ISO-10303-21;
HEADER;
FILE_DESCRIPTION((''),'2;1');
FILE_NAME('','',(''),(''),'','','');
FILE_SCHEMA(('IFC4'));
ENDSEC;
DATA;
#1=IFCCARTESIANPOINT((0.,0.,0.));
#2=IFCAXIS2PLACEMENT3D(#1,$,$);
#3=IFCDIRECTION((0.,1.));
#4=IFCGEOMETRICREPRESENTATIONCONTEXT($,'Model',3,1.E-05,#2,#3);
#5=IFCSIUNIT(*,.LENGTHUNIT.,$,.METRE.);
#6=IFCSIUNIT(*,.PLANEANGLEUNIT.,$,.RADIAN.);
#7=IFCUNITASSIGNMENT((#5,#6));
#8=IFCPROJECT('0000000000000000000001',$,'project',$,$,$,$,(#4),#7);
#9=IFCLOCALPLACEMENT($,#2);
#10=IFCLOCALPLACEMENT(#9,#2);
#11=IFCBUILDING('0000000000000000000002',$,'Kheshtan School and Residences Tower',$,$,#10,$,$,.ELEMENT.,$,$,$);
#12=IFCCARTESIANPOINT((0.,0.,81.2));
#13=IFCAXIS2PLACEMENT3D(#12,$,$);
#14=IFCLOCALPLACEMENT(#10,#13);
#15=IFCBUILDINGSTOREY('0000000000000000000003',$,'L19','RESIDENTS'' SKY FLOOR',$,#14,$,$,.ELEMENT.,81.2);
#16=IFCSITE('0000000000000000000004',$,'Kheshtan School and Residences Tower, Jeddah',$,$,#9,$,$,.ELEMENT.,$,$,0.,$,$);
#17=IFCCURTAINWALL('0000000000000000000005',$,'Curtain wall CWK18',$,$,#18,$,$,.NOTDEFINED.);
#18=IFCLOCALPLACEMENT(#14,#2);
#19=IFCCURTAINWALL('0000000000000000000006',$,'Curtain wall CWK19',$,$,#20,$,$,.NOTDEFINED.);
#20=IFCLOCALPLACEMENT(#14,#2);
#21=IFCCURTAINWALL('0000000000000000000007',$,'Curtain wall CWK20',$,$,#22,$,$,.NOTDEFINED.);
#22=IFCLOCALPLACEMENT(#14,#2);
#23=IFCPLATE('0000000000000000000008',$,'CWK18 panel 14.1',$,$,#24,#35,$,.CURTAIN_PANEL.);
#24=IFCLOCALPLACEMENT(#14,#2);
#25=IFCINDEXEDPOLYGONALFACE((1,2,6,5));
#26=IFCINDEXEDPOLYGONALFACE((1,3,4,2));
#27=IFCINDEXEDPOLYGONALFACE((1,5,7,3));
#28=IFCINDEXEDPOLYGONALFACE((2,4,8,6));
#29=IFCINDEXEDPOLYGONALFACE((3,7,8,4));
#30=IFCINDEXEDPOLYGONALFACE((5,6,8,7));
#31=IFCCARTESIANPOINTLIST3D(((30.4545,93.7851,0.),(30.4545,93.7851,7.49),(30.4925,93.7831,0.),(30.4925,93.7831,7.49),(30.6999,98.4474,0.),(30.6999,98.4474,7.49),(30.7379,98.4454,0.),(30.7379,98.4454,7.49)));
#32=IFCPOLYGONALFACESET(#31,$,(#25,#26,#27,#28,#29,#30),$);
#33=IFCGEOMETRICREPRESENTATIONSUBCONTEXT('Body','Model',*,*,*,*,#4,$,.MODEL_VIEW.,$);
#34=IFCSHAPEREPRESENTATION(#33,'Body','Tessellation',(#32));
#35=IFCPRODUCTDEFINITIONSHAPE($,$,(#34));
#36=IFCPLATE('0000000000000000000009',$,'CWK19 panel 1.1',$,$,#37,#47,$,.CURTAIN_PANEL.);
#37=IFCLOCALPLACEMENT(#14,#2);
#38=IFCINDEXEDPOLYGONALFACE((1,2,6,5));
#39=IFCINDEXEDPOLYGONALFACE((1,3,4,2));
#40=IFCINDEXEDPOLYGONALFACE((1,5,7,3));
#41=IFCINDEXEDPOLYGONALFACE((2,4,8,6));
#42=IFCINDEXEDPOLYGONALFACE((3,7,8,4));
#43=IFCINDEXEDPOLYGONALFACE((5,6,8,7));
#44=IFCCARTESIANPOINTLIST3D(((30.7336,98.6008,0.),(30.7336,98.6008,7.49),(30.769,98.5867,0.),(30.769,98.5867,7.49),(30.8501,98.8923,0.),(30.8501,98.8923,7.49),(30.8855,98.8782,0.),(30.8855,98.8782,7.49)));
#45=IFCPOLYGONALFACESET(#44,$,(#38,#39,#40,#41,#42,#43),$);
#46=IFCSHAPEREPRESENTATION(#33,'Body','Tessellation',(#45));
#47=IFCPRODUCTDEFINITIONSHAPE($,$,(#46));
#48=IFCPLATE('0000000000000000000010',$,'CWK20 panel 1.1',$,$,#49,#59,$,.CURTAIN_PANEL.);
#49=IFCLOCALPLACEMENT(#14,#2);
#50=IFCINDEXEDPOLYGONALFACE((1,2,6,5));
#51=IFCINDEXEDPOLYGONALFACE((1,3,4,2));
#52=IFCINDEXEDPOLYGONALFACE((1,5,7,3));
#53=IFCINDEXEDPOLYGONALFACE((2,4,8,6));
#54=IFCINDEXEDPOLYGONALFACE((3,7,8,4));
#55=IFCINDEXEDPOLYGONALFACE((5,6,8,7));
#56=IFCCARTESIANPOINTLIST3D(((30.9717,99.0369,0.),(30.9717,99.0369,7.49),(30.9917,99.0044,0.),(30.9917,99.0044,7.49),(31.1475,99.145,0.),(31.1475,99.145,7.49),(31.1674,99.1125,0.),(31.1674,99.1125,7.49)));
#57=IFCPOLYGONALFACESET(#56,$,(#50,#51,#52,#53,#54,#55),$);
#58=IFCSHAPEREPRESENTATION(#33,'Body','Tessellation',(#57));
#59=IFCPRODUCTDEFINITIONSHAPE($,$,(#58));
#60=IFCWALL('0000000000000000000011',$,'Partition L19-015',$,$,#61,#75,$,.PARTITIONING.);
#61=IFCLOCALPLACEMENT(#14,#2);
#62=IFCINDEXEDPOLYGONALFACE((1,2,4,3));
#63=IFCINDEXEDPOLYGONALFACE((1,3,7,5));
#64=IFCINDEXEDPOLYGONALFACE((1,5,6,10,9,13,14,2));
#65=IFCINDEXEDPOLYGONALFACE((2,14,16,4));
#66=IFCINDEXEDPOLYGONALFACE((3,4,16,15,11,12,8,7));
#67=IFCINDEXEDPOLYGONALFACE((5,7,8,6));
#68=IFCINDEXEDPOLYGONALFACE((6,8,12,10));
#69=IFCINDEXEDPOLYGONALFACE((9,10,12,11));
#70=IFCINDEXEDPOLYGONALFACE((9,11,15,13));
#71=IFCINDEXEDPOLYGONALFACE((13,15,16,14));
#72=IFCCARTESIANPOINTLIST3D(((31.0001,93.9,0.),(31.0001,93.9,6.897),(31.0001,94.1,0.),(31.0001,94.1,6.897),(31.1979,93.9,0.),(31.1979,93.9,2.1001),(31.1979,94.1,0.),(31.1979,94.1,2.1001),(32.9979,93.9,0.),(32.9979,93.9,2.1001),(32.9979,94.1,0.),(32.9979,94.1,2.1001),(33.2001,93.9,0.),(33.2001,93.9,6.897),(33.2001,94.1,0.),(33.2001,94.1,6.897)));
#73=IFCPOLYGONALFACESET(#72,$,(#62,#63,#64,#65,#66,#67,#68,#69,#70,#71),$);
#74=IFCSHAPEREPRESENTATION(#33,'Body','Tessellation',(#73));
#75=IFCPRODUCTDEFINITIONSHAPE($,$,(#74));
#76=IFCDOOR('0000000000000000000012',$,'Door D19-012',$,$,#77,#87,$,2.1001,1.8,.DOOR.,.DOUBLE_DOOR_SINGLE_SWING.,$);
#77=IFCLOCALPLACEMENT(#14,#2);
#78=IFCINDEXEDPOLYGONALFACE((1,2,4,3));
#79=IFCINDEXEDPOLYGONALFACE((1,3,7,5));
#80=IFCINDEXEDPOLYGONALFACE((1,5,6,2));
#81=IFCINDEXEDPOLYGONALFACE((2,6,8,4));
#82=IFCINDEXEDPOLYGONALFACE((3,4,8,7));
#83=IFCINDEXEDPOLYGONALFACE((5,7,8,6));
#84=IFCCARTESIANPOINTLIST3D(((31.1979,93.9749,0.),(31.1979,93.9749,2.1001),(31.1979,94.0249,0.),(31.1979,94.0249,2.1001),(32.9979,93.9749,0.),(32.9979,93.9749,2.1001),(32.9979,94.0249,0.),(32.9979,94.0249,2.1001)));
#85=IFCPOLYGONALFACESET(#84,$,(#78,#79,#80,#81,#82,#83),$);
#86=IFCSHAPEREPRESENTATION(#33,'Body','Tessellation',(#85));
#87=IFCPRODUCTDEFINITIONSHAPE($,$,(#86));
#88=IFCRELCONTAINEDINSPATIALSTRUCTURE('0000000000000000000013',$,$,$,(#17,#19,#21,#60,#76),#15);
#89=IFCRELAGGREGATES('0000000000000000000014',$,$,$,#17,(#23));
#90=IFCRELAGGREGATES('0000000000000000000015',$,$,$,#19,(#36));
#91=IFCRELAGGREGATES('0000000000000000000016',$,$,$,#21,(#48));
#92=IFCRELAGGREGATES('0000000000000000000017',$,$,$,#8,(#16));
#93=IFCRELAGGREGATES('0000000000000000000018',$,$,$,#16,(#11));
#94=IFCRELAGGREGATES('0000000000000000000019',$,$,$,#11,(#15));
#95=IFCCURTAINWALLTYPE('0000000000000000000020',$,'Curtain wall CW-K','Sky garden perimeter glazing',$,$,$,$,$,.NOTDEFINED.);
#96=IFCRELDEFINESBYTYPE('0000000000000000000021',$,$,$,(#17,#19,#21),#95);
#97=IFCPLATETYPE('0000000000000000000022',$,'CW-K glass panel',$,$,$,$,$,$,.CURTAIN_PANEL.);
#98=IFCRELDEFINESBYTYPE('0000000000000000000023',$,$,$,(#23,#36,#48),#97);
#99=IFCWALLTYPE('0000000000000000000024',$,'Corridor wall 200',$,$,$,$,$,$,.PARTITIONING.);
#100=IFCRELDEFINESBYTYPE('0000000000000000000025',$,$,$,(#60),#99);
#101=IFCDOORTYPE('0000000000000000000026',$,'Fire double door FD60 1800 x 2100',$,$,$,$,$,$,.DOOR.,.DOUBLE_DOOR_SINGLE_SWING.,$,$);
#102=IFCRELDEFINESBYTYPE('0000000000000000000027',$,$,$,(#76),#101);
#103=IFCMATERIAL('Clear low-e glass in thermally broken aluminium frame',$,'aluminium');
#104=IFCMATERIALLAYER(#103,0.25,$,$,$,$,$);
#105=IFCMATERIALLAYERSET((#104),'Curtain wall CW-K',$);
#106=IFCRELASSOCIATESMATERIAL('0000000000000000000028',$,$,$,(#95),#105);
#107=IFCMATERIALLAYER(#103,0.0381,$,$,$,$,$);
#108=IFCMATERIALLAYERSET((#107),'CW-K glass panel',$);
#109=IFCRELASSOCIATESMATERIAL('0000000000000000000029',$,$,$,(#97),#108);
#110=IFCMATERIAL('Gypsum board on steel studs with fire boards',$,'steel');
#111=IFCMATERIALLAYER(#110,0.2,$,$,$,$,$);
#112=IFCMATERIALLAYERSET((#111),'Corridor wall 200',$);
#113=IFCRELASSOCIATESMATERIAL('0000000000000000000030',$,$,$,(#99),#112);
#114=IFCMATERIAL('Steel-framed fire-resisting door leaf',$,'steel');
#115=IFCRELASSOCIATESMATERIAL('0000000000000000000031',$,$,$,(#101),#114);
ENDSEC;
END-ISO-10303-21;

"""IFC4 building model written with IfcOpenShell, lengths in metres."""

from ifc_helpers import new_model, si_unit, direction, frame, frame_2d, origin, origin_2d, place, context, subcontext, project, spatial, rectangle, extrude, source, transform, mapped, material, layer, layer_set, type_object, element, fill, aggregate, save


model = new_model("IFC4")

# Units and contexts
model_context = context("Model", 3, precision=1e-05, world=origin(), true_north=direction((0.0, 1.0)))
body_context = subcontext(model_context, "Body", "Model", "MODEL_VIEW")
ifc_project = project(units=[si_unit("LENGTHUNIT", "METRE"), si_unit("PLANEANGLEUNIT", "RADIAN")], contexts=[model_context])

# Site, building, storey
site_placement = place(None, origin())
site = spatial("IfcSite", under=ifc_project, at=site_placement, Name="Kheshtan School and Residences Tower, Jeddah", CompositionType="ELEMENT", RefElevation=0.0)
building_placement = place(site_placement, origin())
building = spatial("IfcBuilding", under=site, at=building_placement, Name="Kheshtan School and Residences Tower", CompositionType="ELEMENT")
storey_placement = place(building_placement, frame((0.0, 0.0, 81.2)))
storey = spatial("IfcBuildingStorey", under=building, at=storey_placement, Name="L19", Description="RESIDENTS' SKY FLOOR", CompositionType="ELEMENT", Elevation=81.2)

# Curtain walls
ifc_material_1 = material(Name="Clear low-e glass in thermally broken aluminium frame", Category="aluminium")
ifc_layer_1 = layer(ifc_material_1, 0.25)
ifc_layer_set_1 = layer_set([ifc_layer_1], Name="Curtain wall CW-K")
curtain_wall_type = type_object("IfcCurtainWallType", Name="Curtain wall CW-K", Description="Sky garden perimeter glazing", PredefinedType="NOTDEFINED", material=ifc_layer_set_1)
curtain_wall_1_placement = place(storey_placement, origin())
curtain_wall_1 = element("IfcCurtainWall", 1, at=curtain_wall_1_placement, inside=storey, type_object=curtain_wall_type, Name="Curtain wall CWK18", PredefinedType="NOTDEFINED")
curtain_wall_2_placement = place(storey_placement, origin())
curtain_wall_2 = element("IfcCurtainWall", 2, at=curtain_wall_2_placement, inside=storey, type_object=curtain_wall_type, Name="Curtain wall CWK19", PredefinedType="NOTDEFINED")
curtain_wall_3_placement = place(storey_placement, origin())
curtain_wall_3 = element("IfcCurtainWall", 3, at=curtain_wall_3_placement, inside=storey, type_object=curtain_wall_type, Name="Curtain wall CWK20", PredefinedType="NOTDEFINED")

# Plates
ifc_layer_2 = layer(ifc_material_1, 0.0381)
ifc_layer_set_2 = layer_set([ifc_layer_2], Name="CW-K glass panel")
plate_type = type_object("IfcPlateType", Name="CW-K glass panel", PredefinedType="CURTAIN_PANEL", material=ifc_layer_set_2)
plate_1_placement = place(storey_placement, frame((30.5962, 96.1152, 0.0), z_axis=(0.0, 0.0, 1.0), x_axis=(0.052565, 0.998617, 0.0)))
plate_1 = element("IfcPlate", 4, at=plate_1_placement, type_object=plate_type, Name="CWK18 panel 14.1", PredefinedType="CURTAIN_PANEL", context=body_context, shape_type="SweptSolid", body=[
    extrude(rectangle(XDim=4.6687, YDim=0.0381, at=origin_2d()), origin(), (0.0, 0.0, 1.0), 7.49),
])
aggregate(curtain_wall_1, [plate_1])
plate_2_placement = place(storey_placement, frame((30.8096, 98.7395, 0.0), z_axis=(0.0, 0.0, 1.0), x_axis=(0.370993, 0.928636, 0.0)))
plate_2 = element("IfcPlate", 5, at=plate_2_placement, type_object=plate_type, Name="CWK19 panel 1.1", PredefinedType="CURTAIN_PANEL", context=body_context, shape_type="SweptSolid", body=[
    extrude(rectangle(XDim=0.314, YDim=0.0381, at=origin_2d()), origin(), (0.0, 0.0, 1.0), 7.49),
])
aggregate(curtain_wall_2, [plate_2])
plate_3_placement = place(storey_placement, frame((31.0696, 99.0747, 0.0), z_axis=(0.0, 0.0, 1.0), x_axis=(0.851763, 0.523926, 0.0)))
plate_3 = element("IfcPlate", 6, at=plate_3_placement, type_object=plate_type, Name="CWK20 panel 1.1", PredefinedType="CURTAIN_PANEL", context=body_context, shape_type="SweptSolid", body=[
    extrude(rectangle(XDim=0.2063, YDim=0.0381, at=origin_2d()), origin(), (0.0, 0.0, 1.0), 7.49),
])
aggregate(curtain_wall_3, [plate_3])

# Shared definitions
ifc_material_2 = material(Name="Gypsum board on steel studs with fire boards", Category="steel")
ifc_layer_3 = layer(ifc_material_2, 0.2)
ifc_layer_set_3 = layer_set([ifc_layer_3], Name="Corridor wall 200")
wall_type = type_object("IfcWallType", Name="Corridor wall 200", PredefinedType="PARTITIONING", material=ifc_layer_set_3)

# Wall, opening, door
wall_1_placement = place(storey_placement, frame((31.0, 94.0, 0.0), z_axis=(0.0, 0.0, 1.0), x_axis=(1.0, 0.0, 0.0)))
wall_1 = element("IfcWall", 7, at=wall_1_placement, inside=storey, type_object=wall_type, Name="Partition L19-015", PredefinedType="PARTITIONING", context=body_context, shape_type="SweptSolid", body=[
    extrude(rectangle(XDim=2.2, YDim=0.2, at=frame_2d((1.1001, 0.0))), origin(), (0.0, 0.0, 1.0), 6.897),
])
opening_placement = place(wall_1_placement, frame((0.198, 0.0, 0.0)))
opening = element("IfcOpeningElement", 8, at=opening_placement, cuts=wall_1, PredefinedType="OPENING", context=body_context, shape_type="SweptSolid", body=[
    extrude(rectangle(XDim=1.8, YDim=2.1001, at=frame_2d((0.8999, 1.05))), frame((0.0, 0.1099, 0.0), z_axis=(0.0, -1.0, 0.0), x_axis=(1.0, 0.0, 0.0)), (0.0, 0.0, 1.0), 0.22),
])
ifc_material_3 = material(Name="Steel-framed fire-resisting door leaf", Category="steel")
door_type = type_object("IfcDoorType", Name="Fire double door FD60 1800 x 2100", OperationType="DOUBLE_DOOR_SINGLE_SWING", PredefinedType="DOOR", material=ifc_material_3)
shared_shape = source(origin(), body_context, "Body", "SweptSolid", [
    extrude(rectangle(XDim=1.8, YDim=2.1001, at=frame_2d((0.8999, 1.05))), frame((0.0, 0.0249, 0.0), z_axis=(0.0, -1.0, 0.0), x_axis=(1.0, 0.0, 0.0)), (0.0, 0.0, 1.0), 0.05),
])
door_placement = place(opening_placement, origin())
door = element("IfcDoor", 9, at=door_placement, inside=storey, type_object=door_type, Name="Door D19-012", OperationType="DOUBLE_DOOR_SINGLE_SWING", OverallHeight=2.1001, OverallWidth=1.8, PredefinedType="DOOR", context=body_context, shape_type="MappedRepresentation", body=[
    mapped(shared_shape, transform((0.0, 0.0, 0.0), x_axis=(1.0, 0.0, 0.0), y_axis=(0.0, 1.0, 0.0), z_axis=(0.0, 0.0, 1.0), scale=1.0)),
])
fill(opening, door)

save(model, "model.ifc")
